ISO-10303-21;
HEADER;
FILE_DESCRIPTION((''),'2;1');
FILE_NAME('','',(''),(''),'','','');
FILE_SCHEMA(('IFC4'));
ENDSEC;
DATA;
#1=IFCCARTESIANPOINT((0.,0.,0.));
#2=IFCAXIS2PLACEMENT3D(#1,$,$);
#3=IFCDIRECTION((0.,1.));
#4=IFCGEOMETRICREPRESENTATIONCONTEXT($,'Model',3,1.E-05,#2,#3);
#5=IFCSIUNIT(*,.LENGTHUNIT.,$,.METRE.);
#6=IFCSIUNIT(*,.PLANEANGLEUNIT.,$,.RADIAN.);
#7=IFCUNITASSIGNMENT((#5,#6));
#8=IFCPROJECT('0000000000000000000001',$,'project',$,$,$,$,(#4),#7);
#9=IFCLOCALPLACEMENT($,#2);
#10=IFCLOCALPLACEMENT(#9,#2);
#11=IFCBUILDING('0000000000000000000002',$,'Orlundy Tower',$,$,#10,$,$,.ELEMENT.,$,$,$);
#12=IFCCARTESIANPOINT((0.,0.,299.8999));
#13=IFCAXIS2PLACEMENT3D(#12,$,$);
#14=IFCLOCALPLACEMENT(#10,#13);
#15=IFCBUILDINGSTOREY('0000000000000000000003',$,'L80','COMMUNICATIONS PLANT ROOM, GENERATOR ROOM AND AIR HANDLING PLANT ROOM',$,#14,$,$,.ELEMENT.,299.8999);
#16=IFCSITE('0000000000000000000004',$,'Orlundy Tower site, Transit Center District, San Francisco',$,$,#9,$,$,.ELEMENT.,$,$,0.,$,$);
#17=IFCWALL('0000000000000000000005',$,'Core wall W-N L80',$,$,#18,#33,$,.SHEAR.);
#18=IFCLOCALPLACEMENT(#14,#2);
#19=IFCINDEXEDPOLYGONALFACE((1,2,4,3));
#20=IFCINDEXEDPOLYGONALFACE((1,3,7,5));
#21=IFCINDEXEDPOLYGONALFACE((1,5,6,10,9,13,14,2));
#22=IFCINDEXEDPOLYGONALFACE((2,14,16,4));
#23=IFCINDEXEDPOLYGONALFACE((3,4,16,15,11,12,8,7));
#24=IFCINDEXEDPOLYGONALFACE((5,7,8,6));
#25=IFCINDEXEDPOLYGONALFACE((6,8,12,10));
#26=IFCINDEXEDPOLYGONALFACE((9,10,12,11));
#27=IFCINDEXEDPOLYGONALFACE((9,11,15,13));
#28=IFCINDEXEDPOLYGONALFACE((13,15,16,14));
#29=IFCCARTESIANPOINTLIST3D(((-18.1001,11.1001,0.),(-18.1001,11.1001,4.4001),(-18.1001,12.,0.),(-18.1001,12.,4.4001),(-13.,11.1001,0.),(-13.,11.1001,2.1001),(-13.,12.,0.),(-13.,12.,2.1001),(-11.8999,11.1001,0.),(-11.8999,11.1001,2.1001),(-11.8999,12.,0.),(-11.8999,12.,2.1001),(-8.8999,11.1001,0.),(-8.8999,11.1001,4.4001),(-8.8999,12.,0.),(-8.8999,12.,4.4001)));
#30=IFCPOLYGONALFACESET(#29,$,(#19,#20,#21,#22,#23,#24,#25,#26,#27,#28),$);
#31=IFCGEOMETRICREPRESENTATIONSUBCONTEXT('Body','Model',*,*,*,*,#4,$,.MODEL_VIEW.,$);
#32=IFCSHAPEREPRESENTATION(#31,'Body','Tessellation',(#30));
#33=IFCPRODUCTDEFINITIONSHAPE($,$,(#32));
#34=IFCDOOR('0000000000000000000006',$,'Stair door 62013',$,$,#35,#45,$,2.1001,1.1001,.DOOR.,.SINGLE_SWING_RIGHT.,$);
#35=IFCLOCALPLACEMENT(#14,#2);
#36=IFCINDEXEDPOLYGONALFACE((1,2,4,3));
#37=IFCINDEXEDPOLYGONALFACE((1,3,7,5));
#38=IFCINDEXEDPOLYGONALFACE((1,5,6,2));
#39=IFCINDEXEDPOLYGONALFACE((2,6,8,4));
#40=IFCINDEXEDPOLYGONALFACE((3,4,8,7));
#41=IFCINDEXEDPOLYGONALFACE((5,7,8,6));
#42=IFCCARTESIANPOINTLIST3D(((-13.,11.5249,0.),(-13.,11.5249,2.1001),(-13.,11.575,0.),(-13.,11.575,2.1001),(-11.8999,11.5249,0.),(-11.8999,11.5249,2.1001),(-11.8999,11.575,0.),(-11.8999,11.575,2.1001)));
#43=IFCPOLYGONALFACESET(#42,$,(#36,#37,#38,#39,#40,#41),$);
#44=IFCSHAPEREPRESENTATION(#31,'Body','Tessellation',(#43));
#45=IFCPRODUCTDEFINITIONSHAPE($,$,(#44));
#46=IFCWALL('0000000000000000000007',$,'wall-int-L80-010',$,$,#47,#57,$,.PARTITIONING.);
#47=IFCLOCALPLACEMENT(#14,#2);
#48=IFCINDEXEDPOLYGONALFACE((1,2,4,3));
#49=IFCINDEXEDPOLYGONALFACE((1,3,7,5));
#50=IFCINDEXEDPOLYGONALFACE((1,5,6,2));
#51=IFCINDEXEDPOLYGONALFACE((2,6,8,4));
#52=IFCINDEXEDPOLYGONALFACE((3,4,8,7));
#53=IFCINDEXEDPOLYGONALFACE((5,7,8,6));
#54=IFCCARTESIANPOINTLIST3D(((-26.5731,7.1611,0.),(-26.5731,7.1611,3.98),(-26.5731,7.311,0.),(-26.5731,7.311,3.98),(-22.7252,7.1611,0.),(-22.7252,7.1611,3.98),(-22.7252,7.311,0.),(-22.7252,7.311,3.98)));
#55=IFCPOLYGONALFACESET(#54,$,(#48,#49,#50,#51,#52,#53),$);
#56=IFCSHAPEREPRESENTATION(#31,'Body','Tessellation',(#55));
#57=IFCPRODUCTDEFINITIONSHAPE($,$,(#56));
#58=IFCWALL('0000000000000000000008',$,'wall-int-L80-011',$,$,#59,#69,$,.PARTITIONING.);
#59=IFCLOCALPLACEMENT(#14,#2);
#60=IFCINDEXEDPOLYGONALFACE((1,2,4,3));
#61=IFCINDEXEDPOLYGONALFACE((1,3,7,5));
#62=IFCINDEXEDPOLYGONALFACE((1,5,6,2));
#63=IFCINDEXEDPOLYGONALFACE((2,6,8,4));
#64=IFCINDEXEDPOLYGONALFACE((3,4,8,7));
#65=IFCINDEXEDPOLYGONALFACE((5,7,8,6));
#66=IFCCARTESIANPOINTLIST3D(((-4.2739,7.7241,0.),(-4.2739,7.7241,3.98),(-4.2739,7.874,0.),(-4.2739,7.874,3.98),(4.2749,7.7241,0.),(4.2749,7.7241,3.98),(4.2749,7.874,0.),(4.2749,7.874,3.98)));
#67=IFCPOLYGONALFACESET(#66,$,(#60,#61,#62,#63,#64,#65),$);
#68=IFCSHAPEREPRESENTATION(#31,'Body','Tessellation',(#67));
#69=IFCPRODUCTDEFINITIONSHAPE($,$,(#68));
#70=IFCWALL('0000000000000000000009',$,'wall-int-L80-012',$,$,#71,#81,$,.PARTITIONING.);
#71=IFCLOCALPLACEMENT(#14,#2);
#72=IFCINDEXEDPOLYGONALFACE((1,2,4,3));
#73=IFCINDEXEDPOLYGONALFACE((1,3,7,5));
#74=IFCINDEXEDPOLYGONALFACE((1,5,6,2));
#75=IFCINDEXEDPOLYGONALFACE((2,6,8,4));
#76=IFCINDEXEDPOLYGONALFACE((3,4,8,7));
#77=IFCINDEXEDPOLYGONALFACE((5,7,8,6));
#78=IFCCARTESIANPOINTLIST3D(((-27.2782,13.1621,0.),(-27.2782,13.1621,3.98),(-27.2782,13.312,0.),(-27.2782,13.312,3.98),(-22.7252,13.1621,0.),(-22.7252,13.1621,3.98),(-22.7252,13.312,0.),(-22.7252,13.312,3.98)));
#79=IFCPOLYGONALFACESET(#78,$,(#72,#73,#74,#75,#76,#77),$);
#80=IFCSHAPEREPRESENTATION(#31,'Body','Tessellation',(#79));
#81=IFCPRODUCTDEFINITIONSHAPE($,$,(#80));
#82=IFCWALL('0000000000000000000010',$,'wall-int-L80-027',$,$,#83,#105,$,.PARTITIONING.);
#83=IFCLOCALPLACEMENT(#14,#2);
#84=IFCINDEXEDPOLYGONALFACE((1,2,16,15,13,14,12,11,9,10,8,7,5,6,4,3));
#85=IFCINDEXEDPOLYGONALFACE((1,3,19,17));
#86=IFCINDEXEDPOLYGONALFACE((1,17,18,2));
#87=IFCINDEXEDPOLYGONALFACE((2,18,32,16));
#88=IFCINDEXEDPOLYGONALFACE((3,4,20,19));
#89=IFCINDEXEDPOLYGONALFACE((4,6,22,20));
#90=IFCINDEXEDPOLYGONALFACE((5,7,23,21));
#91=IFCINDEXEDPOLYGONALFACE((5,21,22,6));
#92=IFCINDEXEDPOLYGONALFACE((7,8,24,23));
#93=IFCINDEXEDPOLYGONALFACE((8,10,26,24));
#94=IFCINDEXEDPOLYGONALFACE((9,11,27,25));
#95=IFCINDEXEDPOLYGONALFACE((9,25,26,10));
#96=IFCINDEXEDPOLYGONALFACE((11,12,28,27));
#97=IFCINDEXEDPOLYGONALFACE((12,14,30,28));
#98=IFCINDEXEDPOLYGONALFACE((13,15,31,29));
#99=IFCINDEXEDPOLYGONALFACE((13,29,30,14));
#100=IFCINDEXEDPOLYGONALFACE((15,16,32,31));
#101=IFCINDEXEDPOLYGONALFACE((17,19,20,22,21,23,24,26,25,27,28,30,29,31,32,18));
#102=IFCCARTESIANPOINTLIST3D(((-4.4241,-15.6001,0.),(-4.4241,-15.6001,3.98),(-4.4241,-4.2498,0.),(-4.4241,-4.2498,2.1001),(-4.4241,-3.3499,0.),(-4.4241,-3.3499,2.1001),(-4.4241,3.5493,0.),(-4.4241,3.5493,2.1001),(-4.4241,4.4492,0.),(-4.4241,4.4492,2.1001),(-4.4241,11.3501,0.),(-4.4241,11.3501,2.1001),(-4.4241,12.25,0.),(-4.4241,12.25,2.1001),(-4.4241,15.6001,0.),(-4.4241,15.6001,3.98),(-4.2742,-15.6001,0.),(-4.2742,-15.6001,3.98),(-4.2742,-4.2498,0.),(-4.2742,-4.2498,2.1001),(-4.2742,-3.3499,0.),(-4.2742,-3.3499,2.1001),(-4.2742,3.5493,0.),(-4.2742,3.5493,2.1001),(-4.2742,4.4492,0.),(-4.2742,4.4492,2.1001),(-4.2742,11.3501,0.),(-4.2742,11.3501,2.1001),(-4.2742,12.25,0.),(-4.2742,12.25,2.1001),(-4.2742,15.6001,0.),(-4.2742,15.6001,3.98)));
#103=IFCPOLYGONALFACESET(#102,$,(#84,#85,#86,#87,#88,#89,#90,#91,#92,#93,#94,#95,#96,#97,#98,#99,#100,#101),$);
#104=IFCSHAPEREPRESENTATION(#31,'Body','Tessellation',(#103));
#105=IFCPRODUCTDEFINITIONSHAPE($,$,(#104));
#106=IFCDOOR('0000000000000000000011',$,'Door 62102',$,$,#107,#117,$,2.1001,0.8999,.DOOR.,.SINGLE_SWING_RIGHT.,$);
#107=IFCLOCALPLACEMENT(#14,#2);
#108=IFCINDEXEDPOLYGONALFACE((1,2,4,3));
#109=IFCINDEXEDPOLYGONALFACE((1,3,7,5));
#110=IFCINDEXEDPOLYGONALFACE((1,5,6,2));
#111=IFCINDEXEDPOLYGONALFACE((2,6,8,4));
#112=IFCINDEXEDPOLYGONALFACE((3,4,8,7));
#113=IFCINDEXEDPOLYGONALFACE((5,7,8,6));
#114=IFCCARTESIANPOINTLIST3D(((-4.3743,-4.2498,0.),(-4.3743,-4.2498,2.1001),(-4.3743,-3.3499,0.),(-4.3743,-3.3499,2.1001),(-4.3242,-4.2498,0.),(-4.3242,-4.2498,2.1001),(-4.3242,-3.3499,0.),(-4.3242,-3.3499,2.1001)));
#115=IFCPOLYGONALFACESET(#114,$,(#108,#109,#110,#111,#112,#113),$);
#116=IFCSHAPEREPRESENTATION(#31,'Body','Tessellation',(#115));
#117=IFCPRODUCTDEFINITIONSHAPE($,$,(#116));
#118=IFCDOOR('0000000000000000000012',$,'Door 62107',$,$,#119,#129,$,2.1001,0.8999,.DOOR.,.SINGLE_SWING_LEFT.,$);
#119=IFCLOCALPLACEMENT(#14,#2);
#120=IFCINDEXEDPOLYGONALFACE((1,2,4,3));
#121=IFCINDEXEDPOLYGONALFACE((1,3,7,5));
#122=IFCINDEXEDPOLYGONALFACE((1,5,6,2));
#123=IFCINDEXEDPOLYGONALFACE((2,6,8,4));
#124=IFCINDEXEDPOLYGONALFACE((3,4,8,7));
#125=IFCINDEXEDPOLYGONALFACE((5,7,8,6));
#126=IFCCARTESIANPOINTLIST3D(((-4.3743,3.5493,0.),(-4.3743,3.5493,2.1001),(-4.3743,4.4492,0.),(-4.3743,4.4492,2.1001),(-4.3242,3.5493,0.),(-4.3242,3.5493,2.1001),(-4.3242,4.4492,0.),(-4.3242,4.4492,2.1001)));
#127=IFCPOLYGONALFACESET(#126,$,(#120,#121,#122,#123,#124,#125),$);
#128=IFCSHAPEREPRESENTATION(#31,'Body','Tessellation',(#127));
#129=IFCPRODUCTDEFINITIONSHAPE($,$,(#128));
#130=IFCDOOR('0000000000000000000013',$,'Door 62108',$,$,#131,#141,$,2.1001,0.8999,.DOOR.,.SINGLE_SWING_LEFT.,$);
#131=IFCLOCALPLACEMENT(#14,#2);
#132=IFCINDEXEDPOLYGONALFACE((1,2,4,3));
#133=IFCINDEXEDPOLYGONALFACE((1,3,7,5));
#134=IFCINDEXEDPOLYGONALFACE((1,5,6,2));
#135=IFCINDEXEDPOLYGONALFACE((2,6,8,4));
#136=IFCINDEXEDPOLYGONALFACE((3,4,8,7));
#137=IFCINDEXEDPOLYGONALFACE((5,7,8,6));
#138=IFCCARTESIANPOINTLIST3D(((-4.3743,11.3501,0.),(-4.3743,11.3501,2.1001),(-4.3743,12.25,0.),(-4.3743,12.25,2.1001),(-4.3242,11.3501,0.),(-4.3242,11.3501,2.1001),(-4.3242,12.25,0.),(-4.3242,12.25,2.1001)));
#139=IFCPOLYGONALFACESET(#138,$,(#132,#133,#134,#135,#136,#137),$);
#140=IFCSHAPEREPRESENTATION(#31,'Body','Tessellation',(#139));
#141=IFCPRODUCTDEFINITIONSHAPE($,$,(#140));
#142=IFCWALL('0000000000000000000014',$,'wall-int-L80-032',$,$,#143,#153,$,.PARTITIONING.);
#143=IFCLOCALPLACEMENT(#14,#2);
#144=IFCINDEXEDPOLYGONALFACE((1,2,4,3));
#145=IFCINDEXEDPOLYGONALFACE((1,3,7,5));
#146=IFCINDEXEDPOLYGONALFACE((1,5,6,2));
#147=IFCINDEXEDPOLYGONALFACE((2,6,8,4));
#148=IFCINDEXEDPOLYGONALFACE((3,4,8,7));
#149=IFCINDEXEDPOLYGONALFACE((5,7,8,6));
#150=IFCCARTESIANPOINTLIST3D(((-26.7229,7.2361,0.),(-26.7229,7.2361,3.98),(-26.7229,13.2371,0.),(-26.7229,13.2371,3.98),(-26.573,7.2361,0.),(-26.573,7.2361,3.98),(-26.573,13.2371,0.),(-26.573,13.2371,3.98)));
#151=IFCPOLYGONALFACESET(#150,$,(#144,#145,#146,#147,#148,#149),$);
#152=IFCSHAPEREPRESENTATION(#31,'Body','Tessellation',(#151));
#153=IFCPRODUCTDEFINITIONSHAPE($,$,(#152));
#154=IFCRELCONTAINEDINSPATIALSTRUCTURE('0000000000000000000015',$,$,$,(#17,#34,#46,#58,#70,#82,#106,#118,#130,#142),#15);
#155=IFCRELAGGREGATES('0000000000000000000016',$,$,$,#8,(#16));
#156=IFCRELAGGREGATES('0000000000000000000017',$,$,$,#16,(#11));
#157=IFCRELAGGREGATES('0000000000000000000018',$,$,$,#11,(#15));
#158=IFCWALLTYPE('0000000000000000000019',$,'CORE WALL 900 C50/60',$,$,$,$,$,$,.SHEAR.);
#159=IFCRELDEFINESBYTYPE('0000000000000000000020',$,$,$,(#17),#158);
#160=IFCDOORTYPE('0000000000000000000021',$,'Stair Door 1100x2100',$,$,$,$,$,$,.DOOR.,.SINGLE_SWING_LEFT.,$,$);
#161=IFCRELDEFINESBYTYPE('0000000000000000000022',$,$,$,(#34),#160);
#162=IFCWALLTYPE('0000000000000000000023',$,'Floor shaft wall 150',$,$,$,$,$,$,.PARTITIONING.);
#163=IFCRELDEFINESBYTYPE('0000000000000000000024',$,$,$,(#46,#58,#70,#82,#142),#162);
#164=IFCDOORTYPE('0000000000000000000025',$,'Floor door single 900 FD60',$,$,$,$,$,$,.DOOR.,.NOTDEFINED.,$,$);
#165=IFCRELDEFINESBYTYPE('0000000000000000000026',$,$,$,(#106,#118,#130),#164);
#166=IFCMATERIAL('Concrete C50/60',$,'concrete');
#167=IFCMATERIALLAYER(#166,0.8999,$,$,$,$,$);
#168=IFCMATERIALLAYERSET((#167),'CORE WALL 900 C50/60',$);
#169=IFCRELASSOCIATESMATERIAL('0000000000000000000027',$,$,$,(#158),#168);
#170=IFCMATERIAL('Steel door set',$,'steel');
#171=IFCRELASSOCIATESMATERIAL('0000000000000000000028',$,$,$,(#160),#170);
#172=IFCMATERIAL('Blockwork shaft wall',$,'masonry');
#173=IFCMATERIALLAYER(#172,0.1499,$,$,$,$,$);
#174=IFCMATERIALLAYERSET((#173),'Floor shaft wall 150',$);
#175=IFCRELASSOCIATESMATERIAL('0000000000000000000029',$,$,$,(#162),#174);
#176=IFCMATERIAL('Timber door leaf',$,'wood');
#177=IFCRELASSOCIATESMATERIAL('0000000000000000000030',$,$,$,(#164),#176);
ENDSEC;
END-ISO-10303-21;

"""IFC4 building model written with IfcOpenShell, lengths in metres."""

from ifc_helpers import new_model, si_unit, direction, frame, frame_2d, origin, place, context, subcontext, project, spatial, rectangle, extrude, material, layer, layer_set, type_object, element, fill, save


model = new_model("IFC4")

# Units and contexts
model_context = context("Model", 3, precision=1e-05, world=origin(), true_north=direction((0.0, 1.0)))
body_context = subcontext(model_context, "Body", "Model", "MODEL_VIEW")
ifc_project = project(units=[si_unit("LENGTHUNIT", "METRE"), si_unit("PLANEANGLEUNIT", "RADIAN")], contexts=[model_context])

# Site, building, storey
site_placement = place(None, origin())
site = spatial("IfcSite", under=ifc_project, at=site_placement, Name="Orlundy Tower site, Transit Center District, San Francisco", CompositionType="ELEMENT", RefElevation=0.0)
building_placement = place(site_placement, origin())
building = spatial("IfcBuilding", under=site, at=building_placement, Name="Orlundy Tower", CompositionType="ELEMENT")
storey_placement = place(building_placement, frame((0.0, 0.0, 299.8999)))
storey = spatial("IfcBuildingStorey", under=building, at=storey_placement, Name="L80", Description="COMMUNICATIONS PLANT ROOM, GENERATOR ROOM AND AIR HANDLING PLANT ROOM", CompositionType="ELEMENT", Elevation=299.8999)

# Wall, opening, door
ifc_material_1 = material(Name="Concrete C50/60", Category="concrete")
ifc_layer_1 = layer(ifc_material_1, 0.8999)
ifc_layer_set_1 = layer_set([ifc_layer_1], Name="CORE WALL 900 C50/60")
wall_type_1 = type_object("IfcWallType", Name="CORE WALL 900 C50/60", PredefinedType="SHEAR", material=ifc_layer_set_1)
wall_1_placement = place(storey_placement, frame((-18.1001, 11.55, 0.0), z_axis=(0.0, 0.0, 1.0), x_axis=(1.0, 0.0, 0.0)))
wall_1 = element("IfcWall", 1, at=wall_1_placement, inside=storey, type_object=wall_type_1, Name="Core wall W-N L80", PredefinedType="SHEAR", context=body_context, shape_type="SweptSolid", body=[
    extrude(rectangle(XDim=9.2002, YDim=0.8999, at=frame_2d((4.6001, 0.0))), origin(), (0.0, 0.0, 1.0), 4.4001),
])
opening_1_placement = place(wall_1_placement, frame((5.1001, 0.0, 0.0)))
opening_1 = element("IfcOpeningElement", 2, at=opening_1_placement, cuts=wall_1, PredefinedType="OPENING", context=body_context, shape_type="SweptSolid", body=[
    extrude(rectangle(XDim=1.1001, YDim=2.1001, at=frame_2d((0.55, 1.05))), frame((0.0, 0.46, 0.0), z_axis=(0.0, -1.0, 0.0), x_axis=(1.0, 0.0, 0.0)), (0.0, 0.0, 1.0), 0.9199),
])
ifc_material_2 = material(Name="Steel door set", Category="steel")
door_type_1 = type_object("IfcDoorType", Name="Stair Door 1100x2100", OperationType="SINGLE_SWING_LEFT", PredefinedType="DOOR", material=ifc_material_2)
door_1_placement = place(opening_1_placement, origin())
door_1 = element("IfcDoor", 3, at=door_1_placement, inside=storey, type_object=door_type_1, Name="Stair door 62013", OperationType="SINGLE_SWING_RIGHT", OverallHeight=2.1001, OverallWidth=1.1001, PredefinedType="DOOR", context=body_context, shape_type="SweptSolid", body=[
    extrude(rectangle(XDim=1.1001, YDim=2.1001, at=frame_2d((0.55, 1.05))), frame((0.0, 0.0249, 0.0), z_axis=(0.0, -1.0, 0.0), x_axis=(1.0, 0.0, 0.0)), (0.0, 0.0, 1.0), 0.05),
])
fill(opening_1, door_1)

# Walls
ifc_material_3 = material(Name="Blockwork shaft wall", Category="masonry")
ifc_layer_2 = layer(ifc_material_3, 0.1499)
ifc_layer_set_2 = layer_set([ifc_layer_2], Name="Floor shaft wall 150")
wall_type_2 = type_object("IfcWallType", Name="Floor shaft wall 150", PredefinedType="PARTITIONING", material=ifc_layer_set_2)
wall_2_placement = place(storey_placement, frame((-26.573, 7.2361, 0.0), z_axis=(0.0, 0.0, 1.0), x_axis=(1.0, 0.0, 0.0)))
element("IfcWall", 4, at=wall_2_placement, inside=storey, type_object=wall_type_2, Name="wall-int-L80-010", PredefinedType="PARTITIONING", context=body_context, shape_type="SweptSolid", body=[
    extrude(rectangle(XDim=3.8479, YDim=0.1499, at=frame_2d((1.9238, 0.0))), origin(), (0.0, 0.0, 1.0), 3.98),
])
wall_3_placement = place(storey_placement, frame((-4.2739, 7.7991, 0.0), z_axis=(0.0, 0.0, 1.0), x_axis=(1.0, 0.0, 0.0)))
element("IfcWall", 5, at=wall_3_placement, inside=storey, type_object=wall_type_2, Name="wall-int-L80-011", PredefinedType="PARTITIONING", context=body_context, shape_type="SweptSolid", body=[
    extrude(rectangle(XDim=8.5488, YDim=0.1499, at=frame_2d((4.2744, 0.0))), origin(), (0.0, 0.0, 1.0), 3.98),
])
wall_4_placement = place(storey_placement, frame((-27.2781, 13.2371, 0.0), z_axis=(0.0, 0.0, 1.0), x_axis=(1.0, 0.0, 0.0)))
element("IfcWall", 6, at=wall_4_placement, inside=storey, type_object=wall_type_2, Name="wall-int-L80-012", PredefinedType="PARTITIONING", context=body_context, shape_type="SweptSolid", body=[
    extrude(rectangle(XDim=4.553, YDim=0.1499, at=frame_2d((2.2764, 0.0))), origin(), (0.0, 0.0, 1.0), 3.98),
])

# Wall, openings, doors
wall_5_placement = place(storey_placement, frame((-4.3491, 15.6001, 0.0), z_axis=(0.0, 0.0, 1.0), x_axis=(0.0, -1.0, 0.0)))
wall_5 = element("IfcWall", 7, at=wall_5_placement, inside=storey, type_object=wall_type_2, Name="wall-int-L80-027", PredefinedType="PARTITIONING", context=body_context, shape_type="SweptSolid", body=[
    extrude(rectangle(XDim=31.2002, YDim=0.1499, at=frame_2d((15.6001, 0.0))), origin(), (0.0, 0.0, 1.0), 3.98),
])
opening_2_placement = place(wall_5_placement, frame((18.95, 0.0, 0.0)))
opening_2 = element("IfcOpeningElement", 8, at=opening_2_placement, cuts=wall_5, PredefinedType="OPENING", context=body_context, shape_type="SweptSolid", body=[
    extrude(rectangle(XDim=0.8999, YDim=2.1001, at=frame_2d((0.45, 1.05))), frame((0.0, 0.085, 0.0), z_axis=(0.0, -1.0, 0.0), x_axis=(1.0, 0.0, 0.0)), (0.0, 0.0, 1.0), 0.1699),
])
opening_3_placement = place(wall_5_placement, frame((11.1509, 0.0, 0.0)))
opening_3 = element("IfcOpeningElement", 9, at=opening_3_placement, cuts=wall_5, PredefinedType="OPENING", context=body_context, shape_type="SweptSolid", body=[
    extrude(rectangle(XDim=0.8999, YDim=2.1001, at=frame_2d((0.45, 1.05))), frame((0.0, 0.085, 0.0), z_axis=(0.0, -1.0, 0.0), x_axis=(1.0, 0.0, 0.0)), (0.0, 0.0, 1.0), 0.1699),
])
opening_4_placement = place(wall_5_placement, frame((3.3501, 0.0, 0.0)))
opening_4 = element("IfcOpeningElement", 10, at=opening_4_placement, cuts=wall_5, PredefinedType="OPENING", context=body_context, shape_type="SweptSolid", body=[
    extrude(rectangle(XDim=0.8999, YDim=2.1001, at=frame_2d((0.45, 1.05))), frame((0.0, 0.085, 0.0), z_axis=(0.0, -1.0, 0.0), x_axis=(1.0, 0.0, 0.0)), (0.0, 0.0, 1.0), 0.1699),
])
ifc_material_4 = material(Name="Timber door leaf", Category="wood")
door_type_2 = type_object("IfcDoorType", Name="Floor door single 900 FD60", OperationType="NOTDEFINED", PredefinedType="DOOR", material=ifc_material_4)
door_2_placement = place(opening_2_placement, origin())
door_2 = element("IfcDoor", 11, at=door_2_placement, inside=storey, type_object=door_type_2, Name="Door 62102", OperationType="SINGLE_SWING_RIGHT", OverallHeight=2.1001, OverallWidth=0.8999, PredefinedType="DOOR", context=body_context, shape_type="SweptSolid", body=[
    extrude(rectangle(XDim=0.8999, YDim=2.1001, at=frame_2d((0.45, 1.05))), frame((0.0, 0.0249, 0.0), z_axis=(0.0, -1.0, 0.0), x_axis=(1.0, 0.0, 0.0)), (0.0, 0.0, 1.0), 0.05),
])
fill(opening_2, door_2)
door_3_placement = place(opening_3_placement, origin())
door_3 = element("IfcDoor", 12, at=door_3_placement, inside=storey, type_object=door_type_2, Name="Door 62107", OperationType="SINGLE_SWING_LEFT", OverallHeight=2.1001, OverallWidth=0.8999, PredefinedType="DOOR", context=body_context, shape_type="SweptSolid", body=[
    extrude(rectangle(XDim=0.8999, YDim=2.1001, at=frame_2d((0.45, 1.05))), frame((0.0, 0.0249, 0.0), z_axis=(0.0, -1.0, 0.0), x_axis=(1.0, 0.0, 0.0)), (0.0, 0.0, 1.0), 0.05),
])
fill(opening_3, door_3)
door_4_placement = place(opening_4_placement, origin())
door_4 = element("IfcDoor", 13, at=door_4_placement, inside=storey, type_object=door_type_2, Name="Door 62108", OperationType="SINGLE_SWING_LEFT", OverallHeight=2.1001, OverallWidth=0.8999, PredefinedType="DOOR", context=body_context, shape_type="SweptSolid", body=[
    extrude(rectangle(XDim=0.8999, YDim=2.1001, at=frame_2d((0.45, 1.05))), frame((0.0, 0.0249, 0.0), z_axis=(0.0, -1.0, 0.0), x_axis=(1.0, 0.0, 0.0)), (0.0, 0.0, 1.0), 0.05),
])
fill(opening_4, door_4)

# Wall
wall_6_placement = place(storey_placement, frame((-26.6479, 7.2361, 0.0), z_axis=(0.0, 0.0, 1.0), x_axis=(0.0, 1.0, 0.0)))
element("IfcWall", 14, at=wall_6_placement, inside=storey, type_object=wall_type_2, Name="wall-int-L80-032", PredefinedType="PARTITIONING", context=body_context, shape_type="SweptSolid", body=[
    extrude(rectangle(XDim=6.001, YDim=0.1499, at=frame_2d((3.0005, 0.0))), origin(), (0.0, 0.0, 1.0), 3.98),
])

save(model, "model.ifc")
